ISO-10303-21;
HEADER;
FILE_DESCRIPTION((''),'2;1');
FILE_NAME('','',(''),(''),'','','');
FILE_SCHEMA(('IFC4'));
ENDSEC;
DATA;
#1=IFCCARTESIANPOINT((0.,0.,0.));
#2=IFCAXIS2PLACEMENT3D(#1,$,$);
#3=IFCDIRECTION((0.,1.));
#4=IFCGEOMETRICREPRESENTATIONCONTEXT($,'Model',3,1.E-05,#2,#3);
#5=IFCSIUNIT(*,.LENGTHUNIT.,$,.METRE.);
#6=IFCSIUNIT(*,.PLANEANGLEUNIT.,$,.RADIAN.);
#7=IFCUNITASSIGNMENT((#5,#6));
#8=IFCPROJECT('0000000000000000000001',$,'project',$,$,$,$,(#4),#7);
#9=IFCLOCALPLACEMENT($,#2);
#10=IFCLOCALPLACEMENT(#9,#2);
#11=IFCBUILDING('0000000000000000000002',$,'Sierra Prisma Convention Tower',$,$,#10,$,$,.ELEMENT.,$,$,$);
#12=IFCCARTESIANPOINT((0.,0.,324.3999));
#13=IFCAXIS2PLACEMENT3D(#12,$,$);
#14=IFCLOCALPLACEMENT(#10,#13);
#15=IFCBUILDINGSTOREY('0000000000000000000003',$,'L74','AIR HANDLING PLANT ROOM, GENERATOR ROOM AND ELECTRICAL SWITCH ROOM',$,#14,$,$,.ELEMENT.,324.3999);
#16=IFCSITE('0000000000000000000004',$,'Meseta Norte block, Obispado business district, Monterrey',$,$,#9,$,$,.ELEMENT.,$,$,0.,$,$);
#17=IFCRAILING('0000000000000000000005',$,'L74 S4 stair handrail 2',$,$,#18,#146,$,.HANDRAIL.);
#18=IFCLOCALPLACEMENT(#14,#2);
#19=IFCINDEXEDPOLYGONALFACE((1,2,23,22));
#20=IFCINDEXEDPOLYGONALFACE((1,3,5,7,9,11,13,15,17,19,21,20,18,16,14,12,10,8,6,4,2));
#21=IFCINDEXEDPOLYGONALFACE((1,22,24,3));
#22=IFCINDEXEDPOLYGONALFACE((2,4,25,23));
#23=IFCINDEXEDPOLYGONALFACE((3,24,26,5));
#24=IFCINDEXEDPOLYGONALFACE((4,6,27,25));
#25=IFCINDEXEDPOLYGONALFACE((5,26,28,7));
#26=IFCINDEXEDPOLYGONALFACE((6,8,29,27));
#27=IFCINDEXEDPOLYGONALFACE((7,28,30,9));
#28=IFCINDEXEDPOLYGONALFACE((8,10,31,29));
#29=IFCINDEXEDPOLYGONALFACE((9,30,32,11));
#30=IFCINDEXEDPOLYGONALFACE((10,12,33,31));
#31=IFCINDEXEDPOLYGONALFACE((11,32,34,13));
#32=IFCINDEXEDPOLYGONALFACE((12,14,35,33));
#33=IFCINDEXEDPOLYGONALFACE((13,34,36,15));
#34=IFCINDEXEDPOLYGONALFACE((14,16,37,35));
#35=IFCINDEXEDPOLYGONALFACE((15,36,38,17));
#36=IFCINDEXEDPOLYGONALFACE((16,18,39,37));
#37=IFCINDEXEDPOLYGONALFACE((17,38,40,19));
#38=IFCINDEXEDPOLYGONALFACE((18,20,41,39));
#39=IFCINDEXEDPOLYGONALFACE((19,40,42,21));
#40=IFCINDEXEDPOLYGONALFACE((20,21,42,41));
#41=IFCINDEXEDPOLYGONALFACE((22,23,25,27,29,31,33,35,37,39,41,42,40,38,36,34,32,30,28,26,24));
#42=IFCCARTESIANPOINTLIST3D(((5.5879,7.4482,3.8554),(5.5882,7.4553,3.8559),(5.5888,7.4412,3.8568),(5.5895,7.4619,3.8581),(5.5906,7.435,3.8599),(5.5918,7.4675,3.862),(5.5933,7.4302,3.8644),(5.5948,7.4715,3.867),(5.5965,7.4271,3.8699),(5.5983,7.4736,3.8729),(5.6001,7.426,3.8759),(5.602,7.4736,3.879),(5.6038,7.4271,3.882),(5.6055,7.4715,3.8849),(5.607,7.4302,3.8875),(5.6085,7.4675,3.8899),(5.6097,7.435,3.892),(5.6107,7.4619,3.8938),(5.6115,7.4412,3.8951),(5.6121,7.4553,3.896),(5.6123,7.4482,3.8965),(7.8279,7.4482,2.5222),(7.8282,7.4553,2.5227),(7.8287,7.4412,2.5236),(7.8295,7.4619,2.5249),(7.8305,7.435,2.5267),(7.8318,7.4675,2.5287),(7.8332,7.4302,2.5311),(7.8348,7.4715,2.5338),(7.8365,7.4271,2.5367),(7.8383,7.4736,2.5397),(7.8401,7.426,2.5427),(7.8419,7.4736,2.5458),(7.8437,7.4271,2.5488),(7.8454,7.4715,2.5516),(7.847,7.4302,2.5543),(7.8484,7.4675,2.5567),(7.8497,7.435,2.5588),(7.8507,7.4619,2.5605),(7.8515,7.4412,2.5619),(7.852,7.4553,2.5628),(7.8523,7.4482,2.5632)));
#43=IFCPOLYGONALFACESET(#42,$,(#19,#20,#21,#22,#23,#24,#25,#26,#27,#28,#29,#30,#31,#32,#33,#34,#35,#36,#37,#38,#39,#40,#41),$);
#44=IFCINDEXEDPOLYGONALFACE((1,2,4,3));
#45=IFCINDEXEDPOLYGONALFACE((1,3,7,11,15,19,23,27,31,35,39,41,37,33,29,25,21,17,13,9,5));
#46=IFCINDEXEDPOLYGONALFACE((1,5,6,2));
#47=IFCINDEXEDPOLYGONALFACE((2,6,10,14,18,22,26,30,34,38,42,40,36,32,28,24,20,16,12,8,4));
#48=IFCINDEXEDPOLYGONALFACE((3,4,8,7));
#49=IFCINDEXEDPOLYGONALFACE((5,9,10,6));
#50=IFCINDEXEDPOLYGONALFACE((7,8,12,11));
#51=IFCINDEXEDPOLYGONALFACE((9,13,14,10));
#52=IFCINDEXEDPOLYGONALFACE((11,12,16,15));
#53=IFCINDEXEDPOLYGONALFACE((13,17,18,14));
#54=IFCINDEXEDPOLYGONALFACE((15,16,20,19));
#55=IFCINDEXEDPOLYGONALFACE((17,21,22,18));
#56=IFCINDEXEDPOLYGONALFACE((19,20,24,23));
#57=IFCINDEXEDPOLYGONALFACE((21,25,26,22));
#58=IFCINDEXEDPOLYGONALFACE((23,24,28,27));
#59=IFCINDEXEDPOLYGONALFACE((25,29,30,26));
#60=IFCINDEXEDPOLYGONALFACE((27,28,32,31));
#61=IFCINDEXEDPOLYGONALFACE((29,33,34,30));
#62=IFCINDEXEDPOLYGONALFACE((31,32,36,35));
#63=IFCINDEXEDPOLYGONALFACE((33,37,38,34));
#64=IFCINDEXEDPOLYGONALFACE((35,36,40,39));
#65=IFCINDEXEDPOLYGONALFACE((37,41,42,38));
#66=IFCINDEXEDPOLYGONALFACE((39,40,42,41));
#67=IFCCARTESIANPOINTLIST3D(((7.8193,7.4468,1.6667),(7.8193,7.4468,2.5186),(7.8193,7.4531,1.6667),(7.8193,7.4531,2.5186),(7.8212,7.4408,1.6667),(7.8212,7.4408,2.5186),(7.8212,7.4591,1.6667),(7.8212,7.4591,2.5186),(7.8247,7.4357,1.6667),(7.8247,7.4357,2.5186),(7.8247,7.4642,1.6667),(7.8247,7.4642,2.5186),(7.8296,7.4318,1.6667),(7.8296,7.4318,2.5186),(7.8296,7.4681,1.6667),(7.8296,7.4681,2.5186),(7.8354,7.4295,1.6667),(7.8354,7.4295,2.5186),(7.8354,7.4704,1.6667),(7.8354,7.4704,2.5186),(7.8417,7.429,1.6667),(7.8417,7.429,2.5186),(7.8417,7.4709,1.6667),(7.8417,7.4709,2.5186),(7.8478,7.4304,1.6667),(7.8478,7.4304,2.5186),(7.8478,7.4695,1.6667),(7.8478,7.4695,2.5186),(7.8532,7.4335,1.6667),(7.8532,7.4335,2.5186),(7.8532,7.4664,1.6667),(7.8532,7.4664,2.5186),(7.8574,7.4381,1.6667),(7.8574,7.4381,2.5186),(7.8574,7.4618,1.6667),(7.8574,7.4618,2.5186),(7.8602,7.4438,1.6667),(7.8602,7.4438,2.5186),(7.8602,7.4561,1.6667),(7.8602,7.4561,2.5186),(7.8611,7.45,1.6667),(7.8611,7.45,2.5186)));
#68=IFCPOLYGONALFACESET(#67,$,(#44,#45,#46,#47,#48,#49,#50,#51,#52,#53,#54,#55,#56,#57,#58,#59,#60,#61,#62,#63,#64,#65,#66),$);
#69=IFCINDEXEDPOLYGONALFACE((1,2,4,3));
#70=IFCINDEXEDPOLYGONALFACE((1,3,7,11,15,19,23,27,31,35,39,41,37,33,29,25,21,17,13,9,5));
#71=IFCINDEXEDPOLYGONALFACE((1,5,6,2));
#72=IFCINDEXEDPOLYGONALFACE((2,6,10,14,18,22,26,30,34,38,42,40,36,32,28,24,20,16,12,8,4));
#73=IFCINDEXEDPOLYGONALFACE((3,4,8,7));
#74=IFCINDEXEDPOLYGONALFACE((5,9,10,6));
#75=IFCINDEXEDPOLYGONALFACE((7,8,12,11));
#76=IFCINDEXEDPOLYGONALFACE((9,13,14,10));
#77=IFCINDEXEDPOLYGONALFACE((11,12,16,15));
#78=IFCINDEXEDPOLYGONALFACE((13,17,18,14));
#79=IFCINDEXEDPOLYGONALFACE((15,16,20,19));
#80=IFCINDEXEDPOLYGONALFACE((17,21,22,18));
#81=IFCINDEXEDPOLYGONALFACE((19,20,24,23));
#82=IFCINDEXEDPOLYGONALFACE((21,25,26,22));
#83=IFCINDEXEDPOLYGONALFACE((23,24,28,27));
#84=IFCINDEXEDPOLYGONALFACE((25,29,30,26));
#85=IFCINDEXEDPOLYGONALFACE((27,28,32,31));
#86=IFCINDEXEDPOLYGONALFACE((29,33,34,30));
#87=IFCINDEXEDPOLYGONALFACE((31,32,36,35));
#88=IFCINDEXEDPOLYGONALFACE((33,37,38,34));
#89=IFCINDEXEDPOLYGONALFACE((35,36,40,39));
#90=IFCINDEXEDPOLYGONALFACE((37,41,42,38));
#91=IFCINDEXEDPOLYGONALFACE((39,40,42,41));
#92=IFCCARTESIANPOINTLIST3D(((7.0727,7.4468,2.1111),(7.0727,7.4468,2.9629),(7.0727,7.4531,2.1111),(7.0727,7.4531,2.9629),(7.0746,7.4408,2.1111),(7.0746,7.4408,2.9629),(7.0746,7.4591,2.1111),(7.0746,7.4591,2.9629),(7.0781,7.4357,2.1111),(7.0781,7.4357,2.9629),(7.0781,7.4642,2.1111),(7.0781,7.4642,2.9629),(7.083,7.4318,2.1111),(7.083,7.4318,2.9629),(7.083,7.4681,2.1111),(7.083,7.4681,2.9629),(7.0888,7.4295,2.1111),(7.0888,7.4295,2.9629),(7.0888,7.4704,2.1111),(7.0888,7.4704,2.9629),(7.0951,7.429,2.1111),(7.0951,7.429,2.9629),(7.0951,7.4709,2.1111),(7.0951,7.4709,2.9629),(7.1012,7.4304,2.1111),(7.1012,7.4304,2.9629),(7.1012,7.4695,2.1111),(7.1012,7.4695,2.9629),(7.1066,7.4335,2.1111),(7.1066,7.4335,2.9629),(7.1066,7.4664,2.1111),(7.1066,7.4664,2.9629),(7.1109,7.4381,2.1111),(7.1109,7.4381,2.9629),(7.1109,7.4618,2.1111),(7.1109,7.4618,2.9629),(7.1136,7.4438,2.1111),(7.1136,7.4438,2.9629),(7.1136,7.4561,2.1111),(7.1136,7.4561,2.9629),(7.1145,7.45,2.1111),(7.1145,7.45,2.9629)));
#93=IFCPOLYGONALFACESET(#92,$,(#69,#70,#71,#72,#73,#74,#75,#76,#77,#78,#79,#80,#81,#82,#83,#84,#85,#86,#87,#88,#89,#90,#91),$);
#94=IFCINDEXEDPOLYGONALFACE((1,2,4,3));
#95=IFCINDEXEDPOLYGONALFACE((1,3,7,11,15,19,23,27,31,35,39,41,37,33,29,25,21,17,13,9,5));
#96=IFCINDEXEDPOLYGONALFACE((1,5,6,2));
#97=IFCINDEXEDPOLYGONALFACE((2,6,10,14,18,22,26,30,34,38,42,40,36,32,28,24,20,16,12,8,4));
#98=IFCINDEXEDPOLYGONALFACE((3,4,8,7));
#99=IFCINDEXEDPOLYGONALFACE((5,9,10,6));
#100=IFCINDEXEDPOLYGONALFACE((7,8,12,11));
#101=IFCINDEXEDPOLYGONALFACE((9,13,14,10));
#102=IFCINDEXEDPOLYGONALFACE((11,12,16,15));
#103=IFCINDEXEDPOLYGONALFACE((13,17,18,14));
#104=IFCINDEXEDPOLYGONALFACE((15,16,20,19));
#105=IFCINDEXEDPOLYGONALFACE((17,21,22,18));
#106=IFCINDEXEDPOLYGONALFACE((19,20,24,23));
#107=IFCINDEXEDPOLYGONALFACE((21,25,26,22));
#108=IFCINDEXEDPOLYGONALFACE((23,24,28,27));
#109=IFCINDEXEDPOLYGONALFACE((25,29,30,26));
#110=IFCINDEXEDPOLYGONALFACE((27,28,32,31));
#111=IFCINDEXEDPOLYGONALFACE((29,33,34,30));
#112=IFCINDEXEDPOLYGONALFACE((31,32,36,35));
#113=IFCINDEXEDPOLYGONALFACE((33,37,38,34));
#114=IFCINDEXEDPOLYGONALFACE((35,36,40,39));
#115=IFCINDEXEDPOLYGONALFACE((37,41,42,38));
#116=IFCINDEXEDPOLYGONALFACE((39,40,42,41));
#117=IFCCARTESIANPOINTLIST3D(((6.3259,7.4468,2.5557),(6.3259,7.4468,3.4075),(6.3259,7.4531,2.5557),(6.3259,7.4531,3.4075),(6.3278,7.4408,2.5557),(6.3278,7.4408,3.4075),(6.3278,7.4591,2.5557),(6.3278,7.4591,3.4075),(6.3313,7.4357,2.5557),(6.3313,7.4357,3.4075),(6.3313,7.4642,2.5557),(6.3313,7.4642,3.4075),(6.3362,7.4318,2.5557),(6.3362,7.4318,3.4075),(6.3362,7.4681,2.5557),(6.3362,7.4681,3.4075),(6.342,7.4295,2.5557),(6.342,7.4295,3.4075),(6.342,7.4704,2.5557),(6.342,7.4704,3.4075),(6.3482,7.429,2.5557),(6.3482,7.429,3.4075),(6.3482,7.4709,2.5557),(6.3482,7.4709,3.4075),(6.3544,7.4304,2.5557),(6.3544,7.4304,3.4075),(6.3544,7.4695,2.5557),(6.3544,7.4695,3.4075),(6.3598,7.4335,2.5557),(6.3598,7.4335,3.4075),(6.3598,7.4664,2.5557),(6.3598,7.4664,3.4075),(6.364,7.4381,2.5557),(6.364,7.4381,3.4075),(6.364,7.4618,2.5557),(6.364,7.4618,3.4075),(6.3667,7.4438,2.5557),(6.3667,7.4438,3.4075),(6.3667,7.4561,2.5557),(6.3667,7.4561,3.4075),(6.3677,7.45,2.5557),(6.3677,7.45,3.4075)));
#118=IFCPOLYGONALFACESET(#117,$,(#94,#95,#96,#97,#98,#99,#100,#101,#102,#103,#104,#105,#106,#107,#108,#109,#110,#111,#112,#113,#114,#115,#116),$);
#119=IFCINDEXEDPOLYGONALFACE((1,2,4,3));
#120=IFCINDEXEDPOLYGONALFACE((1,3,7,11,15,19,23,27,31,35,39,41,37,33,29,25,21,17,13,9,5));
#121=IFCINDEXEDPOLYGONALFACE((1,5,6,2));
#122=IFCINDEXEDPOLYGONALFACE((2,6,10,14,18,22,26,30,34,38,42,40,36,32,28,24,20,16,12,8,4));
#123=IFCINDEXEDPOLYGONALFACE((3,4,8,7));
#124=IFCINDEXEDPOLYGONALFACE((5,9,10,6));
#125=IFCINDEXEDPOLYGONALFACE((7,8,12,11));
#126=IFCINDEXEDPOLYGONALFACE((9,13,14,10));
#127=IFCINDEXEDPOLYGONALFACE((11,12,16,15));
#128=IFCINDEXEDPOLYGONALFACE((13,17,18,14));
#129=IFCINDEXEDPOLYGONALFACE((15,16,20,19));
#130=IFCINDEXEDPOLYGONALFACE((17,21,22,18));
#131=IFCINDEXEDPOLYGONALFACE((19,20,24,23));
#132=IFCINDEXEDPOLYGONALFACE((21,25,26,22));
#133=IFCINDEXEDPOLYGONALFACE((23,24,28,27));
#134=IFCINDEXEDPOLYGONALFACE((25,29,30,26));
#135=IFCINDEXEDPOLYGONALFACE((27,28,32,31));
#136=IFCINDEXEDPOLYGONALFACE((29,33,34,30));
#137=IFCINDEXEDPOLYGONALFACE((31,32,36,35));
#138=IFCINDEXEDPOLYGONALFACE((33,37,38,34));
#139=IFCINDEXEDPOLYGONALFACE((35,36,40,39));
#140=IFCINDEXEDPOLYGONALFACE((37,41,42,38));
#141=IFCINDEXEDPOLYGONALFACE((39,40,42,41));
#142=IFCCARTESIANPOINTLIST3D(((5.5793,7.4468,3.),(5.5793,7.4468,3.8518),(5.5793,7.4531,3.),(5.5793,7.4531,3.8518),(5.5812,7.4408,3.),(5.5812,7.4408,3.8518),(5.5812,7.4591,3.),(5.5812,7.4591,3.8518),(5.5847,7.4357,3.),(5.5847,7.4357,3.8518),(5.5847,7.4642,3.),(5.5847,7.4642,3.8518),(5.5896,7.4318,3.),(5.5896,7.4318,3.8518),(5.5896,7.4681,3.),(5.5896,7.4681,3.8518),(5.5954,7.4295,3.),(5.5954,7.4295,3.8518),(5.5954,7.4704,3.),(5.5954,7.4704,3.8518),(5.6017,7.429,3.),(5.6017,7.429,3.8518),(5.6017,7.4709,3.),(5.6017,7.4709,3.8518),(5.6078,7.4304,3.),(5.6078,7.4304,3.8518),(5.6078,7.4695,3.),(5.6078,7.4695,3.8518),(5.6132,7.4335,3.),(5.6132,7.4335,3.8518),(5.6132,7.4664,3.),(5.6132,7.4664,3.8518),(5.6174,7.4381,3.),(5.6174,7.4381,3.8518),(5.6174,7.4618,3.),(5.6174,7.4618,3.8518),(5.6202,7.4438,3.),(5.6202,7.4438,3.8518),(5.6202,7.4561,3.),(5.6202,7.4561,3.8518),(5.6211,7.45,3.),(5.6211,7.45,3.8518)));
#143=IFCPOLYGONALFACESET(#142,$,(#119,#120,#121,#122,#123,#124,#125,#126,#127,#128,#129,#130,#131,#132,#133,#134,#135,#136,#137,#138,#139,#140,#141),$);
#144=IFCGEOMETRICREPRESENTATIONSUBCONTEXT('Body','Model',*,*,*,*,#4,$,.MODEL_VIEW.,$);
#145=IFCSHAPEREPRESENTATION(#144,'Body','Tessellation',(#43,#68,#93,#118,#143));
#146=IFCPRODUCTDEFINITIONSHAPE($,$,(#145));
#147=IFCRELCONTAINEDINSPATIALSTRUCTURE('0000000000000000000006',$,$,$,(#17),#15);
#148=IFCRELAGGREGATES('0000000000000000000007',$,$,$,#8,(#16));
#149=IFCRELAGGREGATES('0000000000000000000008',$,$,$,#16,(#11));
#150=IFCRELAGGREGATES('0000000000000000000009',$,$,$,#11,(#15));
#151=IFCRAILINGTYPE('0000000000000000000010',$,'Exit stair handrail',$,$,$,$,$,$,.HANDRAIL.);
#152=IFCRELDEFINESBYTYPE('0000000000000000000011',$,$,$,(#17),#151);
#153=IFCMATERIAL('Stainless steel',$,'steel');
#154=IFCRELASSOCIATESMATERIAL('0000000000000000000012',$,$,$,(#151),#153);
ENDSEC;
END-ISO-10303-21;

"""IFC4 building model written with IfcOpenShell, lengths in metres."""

from ifc_helpers import new_model, si_unit, direction, frame, origin, origin_2d, place, context, subcontext, project, spatial, circle, extrude, material, type_object, element, save


model = new_model("IFC4")

# Units and contexts
model_context = context("Model", 3, precision=1e-05, world=origin(), true_north=direction((0.0, 1.0)))
body_context = subcontext(model_context, "Body", "Model", "MODEL_VIEW")
ifc_project = project(units=[si_unit("LENGTHUNIT", "METRE"), si_unit("PLANEANGLEUNIT", "RADIAN")], contexts=[model_context])

# Site, building, storey
site_placement = place(None, origin())
site = spatial("IfcSite", under=ifc_project, at=site_placement, Name="Meseta Norte block, Obispado business district, Monterrey", CompositionType="ELEMENT", RefElevation=0.0)
building_placement = place(site_placement, origin())
building = spatial("IfcBuilding", under=site, at=building_placement, Name="Sierra Prisma Convention Tower", CompositionType="ELEMENT")
storey_placement = place(building_placement, frame((0.0, 0.0, 324.3999)))
storey = spatial("IfcBuildingStorey", under=building, at=storey_placement, Name="L74", Description="AIR HANDLING PLANT ROOM, GENERATOR ROOM AND ELECTRICAL SWITCH ROOM", CompositionType="ELEMENT", Elevation=324.3999)

# Railing
ifc_material_1 = material(Name="Stainless steel", Category="steel")
railing_type = type_object("IfcRailingType", Name="Exit stair handrail", PredefinedType="HANDRAIL", material=ifc_material_1)
for number, where, name in (
    (1, (7.8401, 7.45, 1.6667), "L74 S4 stair handrail 2"),
):
    element("IfcRailing", number, at=place(storey_placement, frame(where)), inside=storey, type_object=railing_type, Name=name, PredefinedType="HANDRAIL", context=body_context, shape_type="SweptSolid", body=[
        extrude(circle(Radius=0.0239, at=origin_2d()), frame((0.0, 0.0, 0.876), z_axis=(-0.859306, 0.0, 0.511462), x_axis=(0.0, -1.0, 0.0)), (0.0, 0.0, 1.0), 2.6067),
        extrude(circle(Radius=0.021, at=origin_2d()), origin(), (0.0, 0.0, 1.0), 0.8518),
        extrude(circle(Radius=0.021, at=origin_2d()), frame((-0.7466, 0.0, 0.4443)), (0.0, 0.0, 1.0), 0.8518),
        extrude(circle(Radius=0.021, at=origin_2d()), frame((-1.4934, 0.0, 0.8889)), (0.0, 0.0, 1.0), 0.8518),
        extrude(circle(Radius=0.021, at=origin_2d()), frame((-2.24, 0.0, 1.3333)), (0.0, 0.0, 1.0), 0.8518),
    ])

save(model, "model.ifc")
